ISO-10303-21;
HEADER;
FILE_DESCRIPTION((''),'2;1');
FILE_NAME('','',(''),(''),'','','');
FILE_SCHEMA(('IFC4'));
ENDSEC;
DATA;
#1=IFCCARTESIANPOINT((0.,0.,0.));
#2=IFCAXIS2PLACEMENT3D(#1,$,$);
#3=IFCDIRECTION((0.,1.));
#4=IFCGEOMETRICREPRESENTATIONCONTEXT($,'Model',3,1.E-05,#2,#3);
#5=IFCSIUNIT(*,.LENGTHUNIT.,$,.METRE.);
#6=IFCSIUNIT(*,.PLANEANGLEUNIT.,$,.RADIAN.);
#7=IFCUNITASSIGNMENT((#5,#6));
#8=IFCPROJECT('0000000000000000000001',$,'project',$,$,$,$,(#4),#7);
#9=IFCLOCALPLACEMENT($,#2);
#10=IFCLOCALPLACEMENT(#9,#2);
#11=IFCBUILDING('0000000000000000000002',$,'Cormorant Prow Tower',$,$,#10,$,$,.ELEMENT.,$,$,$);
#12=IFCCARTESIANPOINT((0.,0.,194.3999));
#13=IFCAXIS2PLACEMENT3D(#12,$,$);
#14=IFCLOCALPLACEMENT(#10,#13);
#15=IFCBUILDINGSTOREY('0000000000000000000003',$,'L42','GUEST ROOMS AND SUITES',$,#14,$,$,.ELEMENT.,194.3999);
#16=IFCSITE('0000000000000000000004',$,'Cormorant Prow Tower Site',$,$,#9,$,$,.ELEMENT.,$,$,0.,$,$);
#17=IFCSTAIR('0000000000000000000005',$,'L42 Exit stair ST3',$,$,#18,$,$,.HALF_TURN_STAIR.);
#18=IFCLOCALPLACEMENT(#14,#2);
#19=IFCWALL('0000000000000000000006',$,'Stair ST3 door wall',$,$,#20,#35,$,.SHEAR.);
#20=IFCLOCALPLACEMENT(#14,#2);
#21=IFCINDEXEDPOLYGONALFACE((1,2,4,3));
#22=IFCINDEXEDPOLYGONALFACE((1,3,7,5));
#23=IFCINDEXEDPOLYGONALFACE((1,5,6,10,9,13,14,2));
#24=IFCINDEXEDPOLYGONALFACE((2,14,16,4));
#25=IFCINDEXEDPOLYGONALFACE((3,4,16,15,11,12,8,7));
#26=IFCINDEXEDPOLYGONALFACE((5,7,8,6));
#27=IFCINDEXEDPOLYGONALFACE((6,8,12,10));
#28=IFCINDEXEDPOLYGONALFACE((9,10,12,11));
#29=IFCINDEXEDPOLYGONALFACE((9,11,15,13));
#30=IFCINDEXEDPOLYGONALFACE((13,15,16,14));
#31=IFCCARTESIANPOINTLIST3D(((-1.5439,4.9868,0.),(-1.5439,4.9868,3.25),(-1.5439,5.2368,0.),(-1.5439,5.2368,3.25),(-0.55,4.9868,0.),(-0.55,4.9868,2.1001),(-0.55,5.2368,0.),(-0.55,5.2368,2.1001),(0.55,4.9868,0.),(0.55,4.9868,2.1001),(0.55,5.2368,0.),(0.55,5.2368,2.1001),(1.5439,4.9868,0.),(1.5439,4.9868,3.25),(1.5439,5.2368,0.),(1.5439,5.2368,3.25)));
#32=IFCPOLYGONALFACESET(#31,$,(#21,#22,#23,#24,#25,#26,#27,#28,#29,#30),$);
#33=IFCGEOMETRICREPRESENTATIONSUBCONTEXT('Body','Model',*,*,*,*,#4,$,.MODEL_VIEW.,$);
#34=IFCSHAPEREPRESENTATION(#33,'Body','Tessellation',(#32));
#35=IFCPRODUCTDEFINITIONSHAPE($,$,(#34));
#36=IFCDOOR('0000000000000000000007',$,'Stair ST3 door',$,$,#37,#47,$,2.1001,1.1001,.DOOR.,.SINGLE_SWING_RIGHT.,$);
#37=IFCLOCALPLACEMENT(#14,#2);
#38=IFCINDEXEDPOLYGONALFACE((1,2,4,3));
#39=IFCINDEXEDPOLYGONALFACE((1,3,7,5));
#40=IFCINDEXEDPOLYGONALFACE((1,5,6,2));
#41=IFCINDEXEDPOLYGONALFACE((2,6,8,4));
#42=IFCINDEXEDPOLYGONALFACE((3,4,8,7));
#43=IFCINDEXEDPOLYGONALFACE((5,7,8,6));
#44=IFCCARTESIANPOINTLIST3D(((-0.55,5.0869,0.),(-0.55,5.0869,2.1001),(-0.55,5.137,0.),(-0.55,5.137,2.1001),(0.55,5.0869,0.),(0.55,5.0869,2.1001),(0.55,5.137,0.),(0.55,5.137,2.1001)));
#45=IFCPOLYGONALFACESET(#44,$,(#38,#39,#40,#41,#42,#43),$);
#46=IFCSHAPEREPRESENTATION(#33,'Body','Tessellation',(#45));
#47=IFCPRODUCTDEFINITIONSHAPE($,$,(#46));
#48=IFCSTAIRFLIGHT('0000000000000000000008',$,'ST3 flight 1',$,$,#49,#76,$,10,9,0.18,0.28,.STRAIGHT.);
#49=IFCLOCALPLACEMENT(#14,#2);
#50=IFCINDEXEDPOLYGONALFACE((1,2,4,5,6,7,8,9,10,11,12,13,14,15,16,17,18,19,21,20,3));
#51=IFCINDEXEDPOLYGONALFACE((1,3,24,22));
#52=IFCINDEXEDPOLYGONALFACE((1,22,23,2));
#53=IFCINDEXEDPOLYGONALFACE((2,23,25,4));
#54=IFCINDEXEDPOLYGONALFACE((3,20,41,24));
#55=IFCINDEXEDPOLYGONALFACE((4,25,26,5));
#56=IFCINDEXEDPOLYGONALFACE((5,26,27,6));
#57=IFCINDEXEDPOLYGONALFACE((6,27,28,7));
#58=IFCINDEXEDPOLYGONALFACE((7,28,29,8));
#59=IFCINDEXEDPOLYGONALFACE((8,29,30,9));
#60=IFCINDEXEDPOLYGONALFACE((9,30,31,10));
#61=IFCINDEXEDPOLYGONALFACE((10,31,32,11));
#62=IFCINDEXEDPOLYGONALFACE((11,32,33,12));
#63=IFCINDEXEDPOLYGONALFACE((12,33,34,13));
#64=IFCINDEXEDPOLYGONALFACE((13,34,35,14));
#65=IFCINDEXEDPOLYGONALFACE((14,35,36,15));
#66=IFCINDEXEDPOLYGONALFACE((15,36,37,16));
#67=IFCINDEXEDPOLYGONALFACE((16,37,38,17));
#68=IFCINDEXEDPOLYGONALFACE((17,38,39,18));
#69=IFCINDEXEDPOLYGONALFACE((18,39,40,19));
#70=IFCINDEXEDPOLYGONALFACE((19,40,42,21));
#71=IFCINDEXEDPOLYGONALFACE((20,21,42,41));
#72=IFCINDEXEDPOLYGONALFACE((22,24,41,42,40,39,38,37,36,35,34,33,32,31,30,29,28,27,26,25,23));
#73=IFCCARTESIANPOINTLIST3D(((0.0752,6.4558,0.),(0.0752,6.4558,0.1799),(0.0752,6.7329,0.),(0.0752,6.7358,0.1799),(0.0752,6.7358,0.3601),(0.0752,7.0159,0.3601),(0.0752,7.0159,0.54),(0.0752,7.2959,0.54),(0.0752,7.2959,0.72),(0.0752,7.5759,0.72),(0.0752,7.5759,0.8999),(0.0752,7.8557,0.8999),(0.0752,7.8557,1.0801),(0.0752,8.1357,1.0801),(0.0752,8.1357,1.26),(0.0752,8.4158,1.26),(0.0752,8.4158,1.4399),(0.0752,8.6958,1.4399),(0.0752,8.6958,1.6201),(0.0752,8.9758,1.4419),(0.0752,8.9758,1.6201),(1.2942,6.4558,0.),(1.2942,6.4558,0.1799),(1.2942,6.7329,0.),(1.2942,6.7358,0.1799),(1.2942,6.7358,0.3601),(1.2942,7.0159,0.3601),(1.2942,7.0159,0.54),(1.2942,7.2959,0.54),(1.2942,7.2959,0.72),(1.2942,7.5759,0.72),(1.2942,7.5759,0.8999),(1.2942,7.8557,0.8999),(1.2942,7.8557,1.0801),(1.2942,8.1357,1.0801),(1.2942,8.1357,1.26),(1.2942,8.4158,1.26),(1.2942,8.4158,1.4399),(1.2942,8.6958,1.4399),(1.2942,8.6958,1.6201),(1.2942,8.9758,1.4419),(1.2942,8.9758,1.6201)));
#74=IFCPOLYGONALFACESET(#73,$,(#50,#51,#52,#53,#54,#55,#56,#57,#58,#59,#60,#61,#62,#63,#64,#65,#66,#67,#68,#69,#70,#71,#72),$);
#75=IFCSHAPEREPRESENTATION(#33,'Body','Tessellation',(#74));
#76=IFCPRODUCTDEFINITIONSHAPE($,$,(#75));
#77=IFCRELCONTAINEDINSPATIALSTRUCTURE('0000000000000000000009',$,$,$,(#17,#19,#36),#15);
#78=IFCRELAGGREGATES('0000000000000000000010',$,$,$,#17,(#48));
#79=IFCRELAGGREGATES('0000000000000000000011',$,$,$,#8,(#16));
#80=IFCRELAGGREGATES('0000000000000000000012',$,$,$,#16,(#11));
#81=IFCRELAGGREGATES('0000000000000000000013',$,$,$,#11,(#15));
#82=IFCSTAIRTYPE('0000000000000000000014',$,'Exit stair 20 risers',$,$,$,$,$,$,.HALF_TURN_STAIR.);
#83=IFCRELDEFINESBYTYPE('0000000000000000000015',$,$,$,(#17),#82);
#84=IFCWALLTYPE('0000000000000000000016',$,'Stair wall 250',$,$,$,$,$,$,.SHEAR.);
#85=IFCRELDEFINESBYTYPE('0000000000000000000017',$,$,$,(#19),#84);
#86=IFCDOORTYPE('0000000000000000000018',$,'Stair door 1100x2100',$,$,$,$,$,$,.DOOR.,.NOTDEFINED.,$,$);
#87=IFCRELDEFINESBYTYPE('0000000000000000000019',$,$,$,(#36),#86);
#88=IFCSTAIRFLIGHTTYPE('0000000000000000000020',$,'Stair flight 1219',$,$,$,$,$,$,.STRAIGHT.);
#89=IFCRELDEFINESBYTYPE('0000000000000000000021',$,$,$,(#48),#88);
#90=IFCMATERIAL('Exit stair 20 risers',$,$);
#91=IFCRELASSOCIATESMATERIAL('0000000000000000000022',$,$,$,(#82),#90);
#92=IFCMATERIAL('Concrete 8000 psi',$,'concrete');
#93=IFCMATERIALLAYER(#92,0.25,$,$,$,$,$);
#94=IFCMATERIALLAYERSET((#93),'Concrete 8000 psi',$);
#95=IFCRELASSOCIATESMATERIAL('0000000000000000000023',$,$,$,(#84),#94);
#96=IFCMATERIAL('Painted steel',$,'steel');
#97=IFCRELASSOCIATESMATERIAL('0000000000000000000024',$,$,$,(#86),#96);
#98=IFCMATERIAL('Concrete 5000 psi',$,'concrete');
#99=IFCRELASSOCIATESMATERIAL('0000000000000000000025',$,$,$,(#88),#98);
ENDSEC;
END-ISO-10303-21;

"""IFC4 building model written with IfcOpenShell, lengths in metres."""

from ifc_helpers import new_model, si_unit, direction, frame, frame_2d, origin, place, context, subcontext, project, spatial, polyline, rectangle, outline, extrude, material, layer, layer_set, type_object, element, fill, aggregate, save


model = new_model("IFC4")

# Units and contexts
model_context = context("Model", 3, precision=1e-05, world=origin(), true_north=direction((0.0, 1.0)))
body_context = subcontext(model_context, "Body", "Model", "MODEL_VIEW")
ifc_project = project(units=[si_unit("LENGTHUNIT", "METRE"), si_unit("PLANEANGLEUNIT", "RADIAN")], contexts=[model_context])

# Site, building, storey
site_placement = place(None, origin())
site = spatial("IfcSite", under=ifc_project, at=site_placement, Name="Cormorant Prow Tower Site", CompositionType="ELEMENT", RefElevation=0.0)
building_placement = place(site_placement, origin())
building = spatial("IfcBuilding", under=site, at=building_placement, Name="Cormorant Prow Tower", CompositionType="ELEMENT")
storey_placement = place(building_placement, frame((0.0, 0.0, 194.3999)))
storey = spatial("IfcBuildingStorey", under=building, at=storey_placement, Name="L42", Description="GUEST ROOMS AND SUITES", CompositionType="ELEMENT", Elevation=194.3999)

# Stair
ifc_material_1 = material(Name="Exit stair 20 risers")
stair_type = type_object("IfcStairType", Name="Exit stair 20 risers", PredefinedType="HALF_TURN_STAIR", material=ifc_material_1)
stair_1_placement = place(storey_placement, origin())
stair_1 = element("IfcStair", 1, at=stair_1_placement, inside=storey, type_object=stair_type, Name="L42 Exit stair ST3", PredefinedType="HALF_TURN_STAIR")

# Shared definitions
ifc_material_2 = material(Name="Concrete 8000 psi", Category="concrete")
ifc_layer_1 = layer(ifc_material_2, 0.25)
ifc_layer_set_1 = layer_set([ifc_layer_1], Name="Concrete 8000 psi")
wall_type_1 = type_object("IfcWallType", Name="Stair wall 250", PredefinedType="SHEAR", material=ifc_layer_set_1)

# Wall, opening, door
wall_1_placement = place(storey_placement, frame((1.5439, 5.1118, 0.0), z_axis=(0.0, 0.0, 1.0), x_axis=(-1.0, 0.0, 0.0)))
wall_1 = element("IfcWall", 2, at=wall_1_placement, inside=storey, type_object=wall_type_1, Name="Stair ST3 door wall", PredefinedType="SHEAR", context=body_context, shape_type="SweptSolid", body=[
    extrude(rectangle(XDim=3.0879, YDim=0.25, at=frame_2d((1.5439, 0.0))), origin(), (0.0, 0.0, 1.0), 3.25),
])
opening_1_placement = place(wall_1_placement, frame((0.9939, 0.0, 0.0)))
opening_1 = element("IfcOpeningElement", 3, at=opening_1_placement, cuts=wall_1, PredefinedType="OPENING", context=body_context, shape_type="SweptSolid", body=[
    extrude(rectangle(XDim=1.1001, YDim=2.1001, at=frame_2d((0.55, 1.05))), frame((0.0, 0.135, 0.0), z_axis=(0.0, -1.0, 0.0), x_axis=(1.0, 0.0, 0.0)), (0.0, 0.0, 1.0), 0.27),
])
ifc_material_3 = material(Name="Painted steel", Category="steel")
door_type_1 = type_object("IfcDoorType", Name="Stair door 1100x2100", OperationType="NOTDEFINED", PredefinedType="DOOR", material=ifc_material_3)
door_1_placement = place(opening_1_placement, origin())
door_1 = element("IfcDoor", 4, at=door_1_placement, inside=storey, type_object=door_type_1, Name="Stair ST3 door", OperationType="SINGLE_SWING_RIGHT", OverallHeight=2.1001, OverallWidth=1.1001, PredefinedType="DOOR", context=body_context, shape_type="SweptSolid", body=[
    extrude(rectangle(XDim=1.1001, YDim=2.1001, at=frame_2d((0.55, 1.05))), frame((0.0, 0.0249, 0.0), z_axis=(0.0, -1.0, 0.0), x_axis=(1.0, 0.0, 0.0)), (0.0, 0.0, 1.0), 0.05),
])
fill(opening_1, door_1)

# Stair flight
ifc_material_4 = material(Name="Concrete 5000 psi", Category="concrete")
stair_flight_type = type_object("IfcStairFlightType", Name="Stair flight 1219", PredefinedType="STRAIGHT", material=ifc_material_4)
stair_flight_placement = place(storey_placement, frame((0.6846, 6.4558, 0.0), z_axis=(0.0, 0.0, 1.0), x_axis=(0.0, 1.0, 0.0)))
stair_flight = element("IfcStairFlight", 5, at=stair_flight_placement, type_object=stair_flight_type, Name="ST3 flight 1", NumberOfRisers=10, NumberOfTreads=9, PredefinedType="STRAIGHT", RiserHeight=0.18, TreadLength=0.28, context=body_context, shape_type="SweptSolid", body=[
    extrude(outline(polyline([(0.0, 0.0), (0.0, 0.1799), (0.28, 0.1799), (0.28, 0.3601), (0.5601, 0.3601), (0.5601, 0.54), (0.8401, 0.54), (0.8401, 0.72), (1.1201, 0.72), (1.1201, 0.8999), (1.3999, 0.8999), (1.3999, 1.0801), (1.6799, 1.0801), (1.6799, 1.26), (1.96, 1.26), (1.96, 1.4399), (2.24, 1.4399), (2.24, 1.6201), (2.52, 1.6201), (2.52, 1.8), (2.52, 1.4419), (0.2771, 0.0), (0.0, 0.0)])), frame((0.0, 0.6094, 0.0), z_axis=(0.0, -1.0, 0.0), x_axis=(1.0, 0.0, 0.0)), (0.0, 0.0, 1.0), 1.219),
])
aggregate(stair_1, [stair_flight])

save(model, "model.ifc")
